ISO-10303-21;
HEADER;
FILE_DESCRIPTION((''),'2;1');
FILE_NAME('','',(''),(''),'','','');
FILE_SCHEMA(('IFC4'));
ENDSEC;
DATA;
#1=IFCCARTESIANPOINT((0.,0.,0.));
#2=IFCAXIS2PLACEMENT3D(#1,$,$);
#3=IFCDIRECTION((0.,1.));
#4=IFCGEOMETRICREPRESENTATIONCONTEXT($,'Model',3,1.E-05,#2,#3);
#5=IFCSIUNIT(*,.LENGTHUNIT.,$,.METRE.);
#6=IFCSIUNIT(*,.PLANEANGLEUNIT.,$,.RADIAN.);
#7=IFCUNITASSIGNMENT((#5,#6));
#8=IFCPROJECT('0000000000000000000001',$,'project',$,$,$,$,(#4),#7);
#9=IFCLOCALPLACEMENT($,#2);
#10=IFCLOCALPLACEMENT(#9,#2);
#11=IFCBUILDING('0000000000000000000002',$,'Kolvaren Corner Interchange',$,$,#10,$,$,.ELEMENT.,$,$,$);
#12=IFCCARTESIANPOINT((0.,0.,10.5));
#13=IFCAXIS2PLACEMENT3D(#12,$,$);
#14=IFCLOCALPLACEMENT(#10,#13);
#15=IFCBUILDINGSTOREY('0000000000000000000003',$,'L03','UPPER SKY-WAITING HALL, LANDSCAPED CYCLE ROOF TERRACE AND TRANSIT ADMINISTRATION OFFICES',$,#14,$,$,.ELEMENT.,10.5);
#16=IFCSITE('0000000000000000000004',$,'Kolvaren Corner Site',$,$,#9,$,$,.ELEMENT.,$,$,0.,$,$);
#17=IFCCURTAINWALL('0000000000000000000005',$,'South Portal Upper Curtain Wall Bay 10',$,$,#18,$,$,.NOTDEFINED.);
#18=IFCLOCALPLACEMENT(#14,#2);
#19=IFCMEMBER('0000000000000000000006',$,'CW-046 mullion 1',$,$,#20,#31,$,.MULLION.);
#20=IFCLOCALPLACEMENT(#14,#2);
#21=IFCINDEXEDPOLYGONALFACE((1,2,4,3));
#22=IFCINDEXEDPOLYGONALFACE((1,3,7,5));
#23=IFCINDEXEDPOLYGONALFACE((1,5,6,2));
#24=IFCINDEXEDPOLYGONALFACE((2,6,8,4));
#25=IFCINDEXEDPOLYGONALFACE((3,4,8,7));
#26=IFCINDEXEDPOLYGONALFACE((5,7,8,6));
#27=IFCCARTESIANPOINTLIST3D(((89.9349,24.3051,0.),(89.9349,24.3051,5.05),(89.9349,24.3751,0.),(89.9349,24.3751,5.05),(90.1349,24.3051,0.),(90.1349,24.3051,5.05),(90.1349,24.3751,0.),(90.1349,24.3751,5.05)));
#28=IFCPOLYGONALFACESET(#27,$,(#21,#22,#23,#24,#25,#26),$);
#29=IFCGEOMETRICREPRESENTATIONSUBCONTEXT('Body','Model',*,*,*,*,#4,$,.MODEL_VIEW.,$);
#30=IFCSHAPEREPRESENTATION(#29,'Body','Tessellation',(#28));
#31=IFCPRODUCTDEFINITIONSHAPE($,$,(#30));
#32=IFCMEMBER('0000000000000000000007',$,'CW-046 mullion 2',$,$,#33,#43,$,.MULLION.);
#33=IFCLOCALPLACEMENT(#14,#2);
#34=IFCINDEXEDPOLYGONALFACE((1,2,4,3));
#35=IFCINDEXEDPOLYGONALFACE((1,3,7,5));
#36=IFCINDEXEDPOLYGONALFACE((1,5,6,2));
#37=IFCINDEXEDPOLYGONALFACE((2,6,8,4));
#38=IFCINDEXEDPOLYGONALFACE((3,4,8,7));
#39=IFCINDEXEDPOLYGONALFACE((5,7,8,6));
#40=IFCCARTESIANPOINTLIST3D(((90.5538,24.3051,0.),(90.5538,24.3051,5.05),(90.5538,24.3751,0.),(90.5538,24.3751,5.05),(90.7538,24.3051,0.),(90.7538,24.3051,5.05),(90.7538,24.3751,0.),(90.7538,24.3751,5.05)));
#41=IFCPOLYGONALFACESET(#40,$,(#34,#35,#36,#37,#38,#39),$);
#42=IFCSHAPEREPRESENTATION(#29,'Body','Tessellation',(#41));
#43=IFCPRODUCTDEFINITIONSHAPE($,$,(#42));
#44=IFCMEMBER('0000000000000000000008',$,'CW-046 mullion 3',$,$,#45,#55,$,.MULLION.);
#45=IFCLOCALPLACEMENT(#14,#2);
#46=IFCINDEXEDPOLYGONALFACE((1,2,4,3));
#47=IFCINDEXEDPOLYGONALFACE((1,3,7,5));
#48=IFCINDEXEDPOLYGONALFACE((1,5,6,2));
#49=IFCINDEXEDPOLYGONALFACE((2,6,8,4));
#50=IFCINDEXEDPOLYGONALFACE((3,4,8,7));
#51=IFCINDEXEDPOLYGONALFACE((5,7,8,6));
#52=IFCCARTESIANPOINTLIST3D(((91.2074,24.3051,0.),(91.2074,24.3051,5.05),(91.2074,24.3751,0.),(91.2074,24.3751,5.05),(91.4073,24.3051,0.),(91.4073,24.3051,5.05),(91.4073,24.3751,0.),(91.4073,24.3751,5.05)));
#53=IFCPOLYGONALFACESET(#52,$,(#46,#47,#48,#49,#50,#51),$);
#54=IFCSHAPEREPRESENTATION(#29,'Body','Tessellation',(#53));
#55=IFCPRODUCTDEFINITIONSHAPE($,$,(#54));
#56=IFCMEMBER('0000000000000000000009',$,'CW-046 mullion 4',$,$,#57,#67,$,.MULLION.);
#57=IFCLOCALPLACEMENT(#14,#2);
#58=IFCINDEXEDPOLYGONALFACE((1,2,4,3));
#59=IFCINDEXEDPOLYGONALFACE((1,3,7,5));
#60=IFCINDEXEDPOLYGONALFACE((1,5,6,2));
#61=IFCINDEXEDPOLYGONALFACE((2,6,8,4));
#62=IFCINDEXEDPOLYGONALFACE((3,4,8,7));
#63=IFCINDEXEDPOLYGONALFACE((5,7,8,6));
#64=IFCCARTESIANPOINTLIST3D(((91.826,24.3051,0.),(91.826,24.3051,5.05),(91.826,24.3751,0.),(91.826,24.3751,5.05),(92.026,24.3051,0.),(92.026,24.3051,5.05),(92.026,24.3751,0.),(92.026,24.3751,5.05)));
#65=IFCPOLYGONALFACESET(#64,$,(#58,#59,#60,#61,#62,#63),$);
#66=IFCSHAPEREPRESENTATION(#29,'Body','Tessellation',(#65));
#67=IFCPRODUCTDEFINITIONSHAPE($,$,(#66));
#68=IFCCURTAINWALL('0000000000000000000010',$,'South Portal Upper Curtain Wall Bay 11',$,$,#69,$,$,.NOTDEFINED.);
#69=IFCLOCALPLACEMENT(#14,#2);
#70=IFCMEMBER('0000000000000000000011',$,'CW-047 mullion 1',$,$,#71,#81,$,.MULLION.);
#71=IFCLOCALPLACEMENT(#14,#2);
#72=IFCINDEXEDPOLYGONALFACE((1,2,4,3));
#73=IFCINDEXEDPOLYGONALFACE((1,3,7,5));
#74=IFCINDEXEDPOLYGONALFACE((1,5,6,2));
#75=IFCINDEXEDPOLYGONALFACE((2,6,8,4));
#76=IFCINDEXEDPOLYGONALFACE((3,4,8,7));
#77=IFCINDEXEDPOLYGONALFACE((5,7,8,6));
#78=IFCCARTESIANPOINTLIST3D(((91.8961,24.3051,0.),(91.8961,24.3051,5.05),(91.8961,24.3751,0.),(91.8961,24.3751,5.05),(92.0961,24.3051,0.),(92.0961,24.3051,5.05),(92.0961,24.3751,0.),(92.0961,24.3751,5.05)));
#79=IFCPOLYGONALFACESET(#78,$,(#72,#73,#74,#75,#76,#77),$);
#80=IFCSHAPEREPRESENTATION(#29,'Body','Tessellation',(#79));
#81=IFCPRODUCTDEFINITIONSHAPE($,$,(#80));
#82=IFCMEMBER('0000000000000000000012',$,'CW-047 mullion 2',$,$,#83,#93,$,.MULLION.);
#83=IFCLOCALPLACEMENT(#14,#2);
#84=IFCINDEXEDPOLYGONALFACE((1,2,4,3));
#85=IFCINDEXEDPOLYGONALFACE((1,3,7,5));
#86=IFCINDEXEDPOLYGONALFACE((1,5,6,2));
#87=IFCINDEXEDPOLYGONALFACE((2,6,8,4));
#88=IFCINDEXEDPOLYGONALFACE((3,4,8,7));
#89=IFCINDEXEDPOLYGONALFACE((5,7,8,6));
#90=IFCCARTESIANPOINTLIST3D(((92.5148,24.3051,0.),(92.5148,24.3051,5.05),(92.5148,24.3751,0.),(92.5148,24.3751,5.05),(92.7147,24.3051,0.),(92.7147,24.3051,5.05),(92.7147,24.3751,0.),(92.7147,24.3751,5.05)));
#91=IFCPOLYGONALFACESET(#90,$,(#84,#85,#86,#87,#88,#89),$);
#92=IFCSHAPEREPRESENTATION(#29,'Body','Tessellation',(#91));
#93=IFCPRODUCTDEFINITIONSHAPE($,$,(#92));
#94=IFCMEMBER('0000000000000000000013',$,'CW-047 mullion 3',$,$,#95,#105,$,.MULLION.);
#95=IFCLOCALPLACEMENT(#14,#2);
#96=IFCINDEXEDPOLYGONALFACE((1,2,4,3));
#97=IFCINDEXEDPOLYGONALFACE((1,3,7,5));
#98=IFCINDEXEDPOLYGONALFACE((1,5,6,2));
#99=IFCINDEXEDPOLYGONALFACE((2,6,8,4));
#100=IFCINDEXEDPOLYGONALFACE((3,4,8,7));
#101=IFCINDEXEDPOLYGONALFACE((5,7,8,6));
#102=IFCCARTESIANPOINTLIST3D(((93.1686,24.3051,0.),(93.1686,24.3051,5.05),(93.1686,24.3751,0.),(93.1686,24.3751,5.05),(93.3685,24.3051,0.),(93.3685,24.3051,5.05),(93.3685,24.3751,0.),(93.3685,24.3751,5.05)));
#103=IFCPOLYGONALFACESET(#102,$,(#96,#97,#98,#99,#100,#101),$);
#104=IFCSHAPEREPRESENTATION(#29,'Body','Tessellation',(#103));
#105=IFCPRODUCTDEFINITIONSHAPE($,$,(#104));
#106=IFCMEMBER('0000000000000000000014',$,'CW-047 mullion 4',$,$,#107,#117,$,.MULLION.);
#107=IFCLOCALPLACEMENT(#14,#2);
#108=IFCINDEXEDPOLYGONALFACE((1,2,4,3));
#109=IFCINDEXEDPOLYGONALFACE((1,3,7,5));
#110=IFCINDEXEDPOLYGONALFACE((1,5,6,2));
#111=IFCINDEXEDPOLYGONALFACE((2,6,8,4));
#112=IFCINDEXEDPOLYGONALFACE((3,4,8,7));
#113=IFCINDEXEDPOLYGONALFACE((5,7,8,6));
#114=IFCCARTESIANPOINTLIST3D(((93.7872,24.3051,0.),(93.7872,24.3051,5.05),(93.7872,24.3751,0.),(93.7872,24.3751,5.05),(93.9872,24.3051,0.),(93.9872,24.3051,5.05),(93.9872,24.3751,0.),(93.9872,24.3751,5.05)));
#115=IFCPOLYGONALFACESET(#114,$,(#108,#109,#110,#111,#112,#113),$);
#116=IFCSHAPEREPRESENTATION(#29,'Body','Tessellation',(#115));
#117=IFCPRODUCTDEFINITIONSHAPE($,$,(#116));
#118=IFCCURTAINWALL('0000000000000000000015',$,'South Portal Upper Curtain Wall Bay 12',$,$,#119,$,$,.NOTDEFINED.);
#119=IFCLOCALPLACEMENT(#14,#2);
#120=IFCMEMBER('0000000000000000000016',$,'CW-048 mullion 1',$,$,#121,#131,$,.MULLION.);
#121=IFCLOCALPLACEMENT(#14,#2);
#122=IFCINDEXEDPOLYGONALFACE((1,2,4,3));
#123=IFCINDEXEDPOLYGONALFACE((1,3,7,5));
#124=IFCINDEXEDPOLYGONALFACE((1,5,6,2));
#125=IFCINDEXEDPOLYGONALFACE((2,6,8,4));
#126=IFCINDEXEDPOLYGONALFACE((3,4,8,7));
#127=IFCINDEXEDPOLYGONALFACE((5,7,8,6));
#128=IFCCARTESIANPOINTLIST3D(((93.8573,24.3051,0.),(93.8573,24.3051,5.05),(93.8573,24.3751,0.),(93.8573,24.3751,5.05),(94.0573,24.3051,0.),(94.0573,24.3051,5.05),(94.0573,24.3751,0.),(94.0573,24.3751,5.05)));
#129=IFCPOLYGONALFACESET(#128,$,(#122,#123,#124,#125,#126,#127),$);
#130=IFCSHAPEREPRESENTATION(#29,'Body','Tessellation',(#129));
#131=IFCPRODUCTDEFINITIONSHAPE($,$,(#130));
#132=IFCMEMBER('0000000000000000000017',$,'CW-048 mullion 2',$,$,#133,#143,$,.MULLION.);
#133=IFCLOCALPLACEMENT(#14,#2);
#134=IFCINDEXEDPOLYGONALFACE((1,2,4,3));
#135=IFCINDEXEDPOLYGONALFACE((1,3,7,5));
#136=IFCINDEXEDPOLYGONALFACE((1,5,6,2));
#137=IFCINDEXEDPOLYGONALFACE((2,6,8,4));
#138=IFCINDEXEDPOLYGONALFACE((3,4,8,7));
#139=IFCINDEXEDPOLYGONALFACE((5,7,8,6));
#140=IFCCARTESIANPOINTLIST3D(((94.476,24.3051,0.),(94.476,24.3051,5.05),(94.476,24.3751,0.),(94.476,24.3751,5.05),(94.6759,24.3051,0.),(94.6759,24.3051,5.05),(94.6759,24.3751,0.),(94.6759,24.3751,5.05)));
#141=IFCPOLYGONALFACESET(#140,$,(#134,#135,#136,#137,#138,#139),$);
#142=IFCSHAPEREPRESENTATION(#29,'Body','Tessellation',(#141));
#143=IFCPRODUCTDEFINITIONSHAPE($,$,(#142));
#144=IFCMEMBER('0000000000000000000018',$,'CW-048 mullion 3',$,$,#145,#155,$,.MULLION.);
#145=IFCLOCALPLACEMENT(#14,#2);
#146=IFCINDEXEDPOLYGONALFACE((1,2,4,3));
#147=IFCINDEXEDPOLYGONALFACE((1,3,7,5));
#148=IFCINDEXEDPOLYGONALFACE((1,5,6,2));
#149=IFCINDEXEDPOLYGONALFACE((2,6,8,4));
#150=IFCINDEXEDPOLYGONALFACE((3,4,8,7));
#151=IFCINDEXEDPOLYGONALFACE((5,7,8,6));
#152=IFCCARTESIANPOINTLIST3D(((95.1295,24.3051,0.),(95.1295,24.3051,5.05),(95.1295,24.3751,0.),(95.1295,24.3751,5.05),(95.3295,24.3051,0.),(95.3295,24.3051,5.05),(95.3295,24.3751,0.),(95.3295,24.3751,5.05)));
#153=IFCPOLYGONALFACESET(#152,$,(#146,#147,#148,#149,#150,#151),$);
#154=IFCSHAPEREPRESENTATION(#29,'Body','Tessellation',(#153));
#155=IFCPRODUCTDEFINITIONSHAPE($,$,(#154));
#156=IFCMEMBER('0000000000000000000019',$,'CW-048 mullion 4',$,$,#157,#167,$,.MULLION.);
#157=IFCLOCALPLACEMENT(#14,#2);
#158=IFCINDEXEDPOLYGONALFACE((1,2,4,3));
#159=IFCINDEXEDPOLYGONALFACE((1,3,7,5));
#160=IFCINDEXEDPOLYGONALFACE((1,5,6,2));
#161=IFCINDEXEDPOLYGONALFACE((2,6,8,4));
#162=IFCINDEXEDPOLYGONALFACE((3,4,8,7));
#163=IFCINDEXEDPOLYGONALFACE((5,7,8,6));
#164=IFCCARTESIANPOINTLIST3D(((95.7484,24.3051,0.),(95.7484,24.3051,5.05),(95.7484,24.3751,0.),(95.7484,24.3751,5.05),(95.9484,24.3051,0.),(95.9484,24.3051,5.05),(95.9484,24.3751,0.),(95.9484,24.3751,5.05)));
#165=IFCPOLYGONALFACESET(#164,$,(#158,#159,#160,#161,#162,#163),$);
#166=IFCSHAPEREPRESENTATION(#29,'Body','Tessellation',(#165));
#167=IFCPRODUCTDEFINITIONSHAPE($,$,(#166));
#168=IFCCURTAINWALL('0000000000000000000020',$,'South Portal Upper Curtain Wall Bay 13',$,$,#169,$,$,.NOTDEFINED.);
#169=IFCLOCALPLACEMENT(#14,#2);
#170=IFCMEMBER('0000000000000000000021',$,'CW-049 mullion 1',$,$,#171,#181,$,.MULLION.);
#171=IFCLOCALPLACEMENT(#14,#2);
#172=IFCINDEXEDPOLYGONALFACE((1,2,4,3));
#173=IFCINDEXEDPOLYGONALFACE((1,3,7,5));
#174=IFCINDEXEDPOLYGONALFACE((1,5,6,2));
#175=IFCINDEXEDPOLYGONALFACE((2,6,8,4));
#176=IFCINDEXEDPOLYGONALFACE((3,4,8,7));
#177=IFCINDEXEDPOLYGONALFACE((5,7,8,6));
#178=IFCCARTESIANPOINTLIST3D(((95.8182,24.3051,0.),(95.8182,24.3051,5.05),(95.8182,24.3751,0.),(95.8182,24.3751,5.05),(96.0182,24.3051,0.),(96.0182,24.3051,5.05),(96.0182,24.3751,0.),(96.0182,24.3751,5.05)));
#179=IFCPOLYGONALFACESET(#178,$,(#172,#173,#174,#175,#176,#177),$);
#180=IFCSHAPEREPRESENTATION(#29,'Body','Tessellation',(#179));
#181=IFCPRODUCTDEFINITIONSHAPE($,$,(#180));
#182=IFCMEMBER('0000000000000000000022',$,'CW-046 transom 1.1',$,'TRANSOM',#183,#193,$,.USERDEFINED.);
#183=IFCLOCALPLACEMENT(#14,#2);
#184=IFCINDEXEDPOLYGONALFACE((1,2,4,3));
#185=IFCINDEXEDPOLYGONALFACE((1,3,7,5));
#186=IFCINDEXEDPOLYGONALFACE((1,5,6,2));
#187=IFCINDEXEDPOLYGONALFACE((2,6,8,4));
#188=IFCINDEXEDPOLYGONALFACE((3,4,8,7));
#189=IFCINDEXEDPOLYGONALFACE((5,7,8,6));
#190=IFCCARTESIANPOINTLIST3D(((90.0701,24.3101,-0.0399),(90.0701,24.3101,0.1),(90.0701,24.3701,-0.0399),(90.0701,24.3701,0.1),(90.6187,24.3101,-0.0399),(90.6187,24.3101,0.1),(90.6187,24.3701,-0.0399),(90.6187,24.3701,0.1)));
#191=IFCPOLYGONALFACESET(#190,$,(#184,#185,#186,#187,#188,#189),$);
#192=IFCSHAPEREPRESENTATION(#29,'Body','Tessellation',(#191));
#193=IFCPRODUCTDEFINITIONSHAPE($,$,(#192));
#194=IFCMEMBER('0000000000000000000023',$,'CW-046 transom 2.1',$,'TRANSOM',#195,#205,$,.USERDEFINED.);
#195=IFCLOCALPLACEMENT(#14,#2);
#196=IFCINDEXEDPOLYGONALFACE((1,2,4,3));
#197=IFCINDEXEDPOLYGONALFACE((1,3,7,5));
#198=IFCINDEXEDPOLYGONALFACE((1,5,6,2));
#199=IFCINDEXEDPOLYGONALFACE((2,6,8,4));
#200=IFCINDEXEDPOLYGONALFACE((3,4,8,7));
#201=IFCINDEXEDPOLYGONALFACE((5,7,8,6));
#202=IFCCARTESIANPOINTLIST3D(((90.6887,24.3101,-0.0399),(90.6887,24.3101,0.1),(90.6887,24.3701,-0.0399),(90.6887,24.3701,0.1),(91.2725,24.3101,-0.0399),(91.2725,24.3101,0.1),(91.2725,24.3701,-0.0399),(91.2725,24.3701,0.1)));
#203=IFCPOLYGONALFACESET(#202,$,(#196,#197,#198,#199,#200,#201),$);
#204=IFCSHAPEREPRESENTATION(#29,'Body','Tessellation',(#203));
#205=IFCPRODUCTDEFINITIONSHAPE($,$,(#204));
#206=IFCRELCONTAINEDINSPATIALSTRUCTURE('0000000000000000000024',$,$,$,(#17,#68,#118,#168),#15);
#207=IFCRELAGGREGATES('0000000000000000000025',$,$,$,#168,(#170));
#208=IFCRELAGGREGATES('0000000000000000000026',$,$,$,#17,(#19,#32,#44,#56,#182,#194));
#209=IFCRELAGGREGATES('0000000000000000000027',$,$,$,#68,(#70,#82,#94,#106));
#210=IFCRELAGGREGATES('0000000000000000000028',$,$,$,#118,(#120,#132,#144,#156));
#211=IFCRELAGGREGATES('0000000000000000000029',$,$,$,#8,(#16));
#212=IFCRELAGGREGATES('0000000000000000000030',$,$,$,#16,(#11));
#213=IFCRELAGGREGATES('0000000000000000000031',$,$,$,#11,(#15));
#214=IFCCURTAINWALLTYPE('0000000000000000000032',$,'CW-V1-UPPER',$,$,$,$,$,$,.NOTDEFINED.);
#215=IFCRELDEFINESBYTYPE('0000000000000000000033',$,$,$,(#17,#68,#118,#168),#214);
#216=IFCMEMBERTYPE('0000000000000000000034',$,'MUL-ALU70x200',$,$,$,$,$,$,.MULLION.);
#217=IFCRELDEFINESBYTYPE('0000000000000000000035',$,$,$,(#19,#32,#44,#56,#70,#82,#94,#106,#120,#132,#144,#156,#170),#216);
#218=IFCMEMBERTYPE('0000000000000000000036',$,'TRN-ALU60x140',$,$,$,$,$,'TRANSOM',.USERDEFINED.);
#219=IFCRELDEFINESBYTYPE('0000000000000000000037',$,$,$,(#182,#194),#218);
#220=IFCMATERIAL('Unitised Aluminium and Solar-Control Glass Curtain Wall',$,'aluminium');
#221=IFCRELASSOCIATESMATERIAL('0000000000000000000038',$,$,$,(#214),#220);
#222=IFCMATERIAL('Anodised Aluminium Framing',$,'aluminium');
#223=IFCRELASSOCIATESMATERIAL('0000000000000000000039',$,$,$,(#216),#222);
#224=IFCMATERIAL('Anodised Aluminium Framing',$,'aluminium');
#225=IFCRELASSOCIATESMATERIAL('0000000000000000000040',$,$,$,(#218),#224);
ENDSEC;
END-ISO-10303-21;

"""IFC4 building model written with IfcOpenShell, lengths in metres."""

from ifc_helpers import new_model, si_unit, direction, frame, origin, origin_2d, place, context, subcontext, project, spatial, rectangle, extrude, material, material_profile, profile_set, type_object, element, aggregate, save


model = new_model("IFC4")

# Units and contexts
model_context = context("Model", 3, precision=1e-05, world=origin(), true_north=direction((0.0, 1.0)))
body_context = subcontext(model_context, "Body", "Model", "MODEL_VIEW")
ifc_project = project(units=[si_unit("LENGTHUNIT", "METRE"), si_unit("PLANEANGLEUNIT", "RADIAN")], contexts=[model_context])

# Site, building, storey
site_placement = place(None, origin())
site = spatial("IfcSite", under=ifc_project, at=site_placement, Name="Kolvaren Corner Site", CompositionType="ELEMENT", RefElevation=0.0)
building_placement = place(site_placement, origin())
building = spatial("IfcBuilding", under=site, at=building_placement, Name="Kolvaren Corner Interchange", CompositionType="ELEMENT")
storey_placement = place(building_placement, frame((0.0, 0.0, 10.5)))
storey = spatial("IfcBuildingStorey", under=building, at=storey_placement, Name="L03", Description="UPPER SKY-WAITING HALL, LANDSCAPED CYCLE ROOF TERRACE AND TRANSIT ADMINISTRATION OFFICES", CompositionType="ELEMENT", Elevation=10.5)

# Curtain walls, members
ifc_material_1 = material(Name="Unitised Aluminium and Solar-Control Glass Curtain Wall", Category="aluminium")
curtain_wall_type = type_object("IfcCurtainWallType", Name="CW-V1-UPPER", PredefinedType="NOTDEFINED", material=ifc_material_1)
curtain_wall_1_placement = place(storey_placement, origin())
curtain_wall_1 = element("IfcCurtainWall", 1, at=curtain_wall_1_placement, inside=storey, type_object=curtain_wall_type, Name="South Portal Upper Curtain Wall Bay 10", PredefinedType="NOTDEFINED")
ifc_material_2 = material(Name="Anodised Aluminium Framing", Category="aluminium")
ifc_material_profile_1 = material_profile(ifc_material_2, rectangle(XDim=0.0701, YDim=0.2, at=origin_2d()), Name="ALU 70x200")
ifc_profile_set_1 = profile_set([ifc_material_profile_1], Name="Anodised Aluminium Framing")
member_type_1 = type_object("IfcMemberType", Name="MUL-ALU70x200", PredefinedType="MULLION", material=ifc_profile_set_1)
member_1_placement = place(storey_placement, frame((90.0349, 24.3401, 0.0), z_axis=(0.0, 0.0, 1.0), x_axis=(0.0, 1.0, 0.0)))
member_1 = element("IfcMember", 2, at=member_1_placement, type_object=member_type_1, Name="CW-046 mullion 1", PredefinedType="MULLION", context=body_context, shape_type="SweptSolid", body=[
    extrude(rectangle(XDim=0.0701, YDim=0.2, at=origin_2d()), origin(), (0.0, 0.0, 1.0), 5.05),
])
member_2_placement = place(storey_placement, frame((90.6538, 24.3401, 0.0), z_axis=(0.0, 0.0, 1.0), x_axis=(0.0, 1.0, 0.0)))
member_2 = element("IfcMember", 3, at=member_2_placement, type_object=member_type_1, Name="CW-046 mullion 2", PredefinedType="MULLION", context=body_context, shape_type="SweptSolid", body=[
    extrude(rectangle(XDim=0.0701, YDim=0.2, at=origin_2d()), origin(), (0.0, 0.0, 1.0), 5.05),
])
member_3_placement = place(storey_placement, frame((91.3074, 24.3401, 0.0), z_axis=(0.0, 0.0, 1.0), x_axis=(0.0, 1.0, 0.0)))
member_3 = element("IfcMember", 4, at=member_3_placement, type_object=member_type_1, Name="CW-046 mullion 3", PredefinedType="MULLION", context=body_context, shape_type="SweptSolid", body=[
    extrude(rectangle(XDim=0.0701, YDim=0.2, at=origin_2d()), origin(), (0.0, 0.0, 1.0), 5.05),
])
member_4_placement = place(storey_placement, frame((91.926, 24.3401, 0.0), z_axis=(0.0, 0.0, 1.0), x_axis=(0.0, 1.0, 0.0)))
member_4 = element("IfcMember", 5, at=member_4_placement, type_object=member_type_1, Name="CW-046 mullion 4", PredefinedType="MULLION", context=body_context, shape_type="SweptSolid", body=[
    extrude(rectangle(XDim=0.0701, YDim=0.2, at=origin_2d()), origin(), (0.0, 0.0, 1.0), 5.05),
])
curtain_wall_2_placement = place(storey_placement, origin())
curtain_wall_2 = element("IfcCurtainWall", 6, at=curtain_wall_2_placement, inside=storey, type_object=curtain_wall_type, Name="South Portal Upper Curtain Wall Bay 11", PredefinedType="NOTDEFINED")
member_5_placement = place(storey_placement, frame((91.9961, 24.3401, 0.0), z_axis=(0.0, 0.0, 1.0), x_axis=(0.0, 1.0, 0.0)))
member_5 = element("IfcMember", 7, at=member_5_placement, type_object=member_type_1, Name="CW-047 mullion 1", PredefinedType="MULLION", context=body_context, shape_type="SweptSolid", body=[
    extrude(rectangle(XDim=0.0701, YDim=0.2, at=origin_2d()), origin(), (0.0, 0.0, 1.0), 5.05),
])
member_6_placement = place(storey_placement, frame((92.6147, 24.3401, 0.0), z_axis=(0.0, 0.0, 1.0), x_axis=(0.0, 1.0, 0.0)))
member_6 = element("IfcMember", 8, at=member_6_placement, type_object=member_type_1, Name="CW-047 mullion 2", PredefinedType="MULLION", context=body_context, shape_type="SweptSolid", body=[
    extrude(rectangle(XDim=0.0701, YDim=0.2, at=origin_2d()), origin(), (0.0, 0.0, 1.0), 5.05),
])
member_7_placement = place(storey_placement, frame((93.2686, 24.3401, 0.0), z_axis=(0.0, 0.0, 1.0), x_axis=(0.0, 1.0, 0.0)))
member_7 = element("IfcMember", 9, at=member_7_placement, type_object=member_type_1, Name="CW-047 mullion 3", PredefinedType="MULLION", context=body_context, shape_type="SweptSolid", body=[
    extrude(rectangle(XDim=0.0701, YDim=0.2, at=origin_2d()), origin(), (0.0, 0.0, 1.0), 5.05),
])
member_8_placement = place(storey_placement, frame((93.8872, 24.3401, 0.0), z_axis=(0.0, 0.0, 1.0), x_axis=(0.0, 1.0, 0.0)))
member_8 = element("IfcMember", 10, at=member_8_placement, type_object=member_type_1, Name="CW-047 mullion 4", PredefinedType="MULLION", context=body_context, shape_type="SweptSolid", body=[
    extrude(rectangle(XDim=0.0701, YDim=0.2, at=origin_2d()), origin(), (0.0, 0.0, 1.0), 5.05),
])
curtain_wall_3_placement = place(storey_placement, origin())
curtain_wall_3 = element("IfcCurtainWall", 11, at=curtain_wall_3_placement, inside=storey, type_object=curtain_wall_type, Name="South Portal Upper Curtain Wall Bay 12", PredefinedType="NOTDEFINED")
member_9_placement = place(storey_placement, frame((93.9573, 24.3401, 0.0), z_axis=(0.0, 0.0, 1.0), x_axis=(0.0, 1.0, 0.0)))
member_9 = element("IfcMember", 12, at=member_9_placement, type_object=member_type_1, Name="CW-048 mullion 1", PredefinedType="MULLION", context=body_context, shape_type="SweptSolid", body=[
    extrude(rectangle(XDim=0.0701, YDim=0.2, at=origin_2d()), origin(), (0.0, 0.0, 1.0), 5.05),
])
member_10_placement = place(storey_placement, frame((94.5759, 24.3401, 0.0), z_axis=(0.0, 0.0, 1.0), x_axis=(0.0, 1.0, 0.0)))
member_10 = element("IfcMember", 13, at=member_10_placement, type_object=member_type_1, Name="CW-048 mullion 2", PredefinedType="MULLION", context=body_context, shape_type="SweptSolid", body=[
    extrude(rectangle(XDim=0.0701, YDim=0.2, at=origin_2d()), origin(), (0.0, 0.0, 1.0), 5.05),
])
member_11_placement = place(storey_placement, frame((95.2295, 24.3401, 0.0), z_axis=(0.0, 0.0, 1.0), x_axis=(0.0, 1.0, 0.0)))
member_11 = element("IfcMember", 14, at=member_11_placement, type_object=member_type_1, Name="CW-048 mullion 3", PredefinedType="MULLION", context=body_context, shape_type="SweptSolid", body=[
    extrude(rectangle(XDim=0.0701, YDim=0.2, at=origin_2d()), origin(), (0.0, 0.0, 1.0), 5.05),
])
member_12_placement = place(storey_placement, frame((95.8484, 24.3401, 0.0), z_axis=(0.0, 0.0, 1.0), x_axis=(0.0, 1.0, 0.0)))
member_12 = element("IfcMember", 15, at=member_12_placement, type_object=member_type_1, Name="CW-048 mullion 4", PredefinedType="MULLION", context=body_context, shape_type="SweptSolid", body=[
    extrude(rectangle(XDim=0.0701, YDim=0.2, at=origin_2d()), origin(), (0.0, 0.0, 1.0), 5.05),
])

# Curtain wall, member
curtain_wall_4_placement = place(storey_placement, origin())
curtain_wall_4 = element("IfcCurtainWall", 16, at=curtain_wall_4_placement, inside=storey, type_object=curtain_wall_type, Name="South Portal Upper Curtain Wall Bay 13", PredefinedType="NOTDEFINED")
member_13_placement = place(storey_placement, frame((95.9182, 24.3401, 0.0), z_axis=(0.0, 0.0, 1.0), x_axis=(0.0, 1.0, 0.0)))
member_13 = element("IfcMember", 17, at=member_13_placement, type_object=member_type_1, Name="CW-049 mullion 1", PredefinedType="MULLION", context=body_context, shape_type="SweptSolid", body=[
    extrude(rectangle(XDim=0.0701, YDim=0.2, at=origin_2d()), origin(), (0.0, 0.0, 1.0), 5.05),
])
aggregate(curtain_wall_4, [member_13])

# Members
ifc_material_3 = material(Name="Anodised Aluminium Framing", Category="aluminium")
ifc_material_profile_2 = material_profile(ifc_material_3, rectangle(XDim=0.0601, YDim=0.1399, at=origin_2d()), Name="ALU 60x140")
ifc_profile_set_2 = profile_set([ifc_material_profile_2], Name="Anodised Aluminium Framing")
member_type_2 = type_object("IfcMemberType", Name="TRN-ALU60x140", ElementType="TRANSOM", PredefinedType="USERDEFINED", material=ifc_profile_set_2)
member_14_placement = place(storey_placement, frame((90.0701, 24.3401, 0.03), z_axis=(1.0, 0.0, 0.0), x_axis=(0.0, 1.0, 0.0)))
member_14 = element("IfcMember", 18, at=member_14_placement, type_object=member_type_2, Name="CW-046 transom 1.1", ObjectType="TRANSOM", PredefinedType="USERDEFINED", context=body_context, shape_type="SweptSolid", body=[
    extrude(rectangle(XDim=0.0601, YDim=0.1399, at=origin_2d()), origin(), (0.0, 0.0, 1.0), 0.5486),
])
member_15_placement = place(storey_placement, frame((90.6887, 24.3401, 0.03), z_axis=(1.0, 0.0, 0.0), x_axis=(0.0, 1.0, 0.0)))
member_15 = element("IfcMember", 19, at=member_15_placement, type_object=member_type_2, Name="CW-046 transom 2.1", ObjectType="TRANSOM", PredefinedType="USERDEFINED", context=body_context, shape_type="SweptSolid", body=[
    extrude(rectangle(XDim=0.0601, YDim=0.1399, at=origin_2d()), origin(), (0.0, 0.0, 1.0), 0.5837),
])
aggregate(curtain_wall_1, [member_1, member_2, member_3, member_4, member_14, member_15])
aggregate(curtain_wall_2, [member_5, member_6, member_7, member_8])
aggregate(curtain_wall_3, [member_9, member_10, member_11, member_12])

save(model, "model.ifc")
